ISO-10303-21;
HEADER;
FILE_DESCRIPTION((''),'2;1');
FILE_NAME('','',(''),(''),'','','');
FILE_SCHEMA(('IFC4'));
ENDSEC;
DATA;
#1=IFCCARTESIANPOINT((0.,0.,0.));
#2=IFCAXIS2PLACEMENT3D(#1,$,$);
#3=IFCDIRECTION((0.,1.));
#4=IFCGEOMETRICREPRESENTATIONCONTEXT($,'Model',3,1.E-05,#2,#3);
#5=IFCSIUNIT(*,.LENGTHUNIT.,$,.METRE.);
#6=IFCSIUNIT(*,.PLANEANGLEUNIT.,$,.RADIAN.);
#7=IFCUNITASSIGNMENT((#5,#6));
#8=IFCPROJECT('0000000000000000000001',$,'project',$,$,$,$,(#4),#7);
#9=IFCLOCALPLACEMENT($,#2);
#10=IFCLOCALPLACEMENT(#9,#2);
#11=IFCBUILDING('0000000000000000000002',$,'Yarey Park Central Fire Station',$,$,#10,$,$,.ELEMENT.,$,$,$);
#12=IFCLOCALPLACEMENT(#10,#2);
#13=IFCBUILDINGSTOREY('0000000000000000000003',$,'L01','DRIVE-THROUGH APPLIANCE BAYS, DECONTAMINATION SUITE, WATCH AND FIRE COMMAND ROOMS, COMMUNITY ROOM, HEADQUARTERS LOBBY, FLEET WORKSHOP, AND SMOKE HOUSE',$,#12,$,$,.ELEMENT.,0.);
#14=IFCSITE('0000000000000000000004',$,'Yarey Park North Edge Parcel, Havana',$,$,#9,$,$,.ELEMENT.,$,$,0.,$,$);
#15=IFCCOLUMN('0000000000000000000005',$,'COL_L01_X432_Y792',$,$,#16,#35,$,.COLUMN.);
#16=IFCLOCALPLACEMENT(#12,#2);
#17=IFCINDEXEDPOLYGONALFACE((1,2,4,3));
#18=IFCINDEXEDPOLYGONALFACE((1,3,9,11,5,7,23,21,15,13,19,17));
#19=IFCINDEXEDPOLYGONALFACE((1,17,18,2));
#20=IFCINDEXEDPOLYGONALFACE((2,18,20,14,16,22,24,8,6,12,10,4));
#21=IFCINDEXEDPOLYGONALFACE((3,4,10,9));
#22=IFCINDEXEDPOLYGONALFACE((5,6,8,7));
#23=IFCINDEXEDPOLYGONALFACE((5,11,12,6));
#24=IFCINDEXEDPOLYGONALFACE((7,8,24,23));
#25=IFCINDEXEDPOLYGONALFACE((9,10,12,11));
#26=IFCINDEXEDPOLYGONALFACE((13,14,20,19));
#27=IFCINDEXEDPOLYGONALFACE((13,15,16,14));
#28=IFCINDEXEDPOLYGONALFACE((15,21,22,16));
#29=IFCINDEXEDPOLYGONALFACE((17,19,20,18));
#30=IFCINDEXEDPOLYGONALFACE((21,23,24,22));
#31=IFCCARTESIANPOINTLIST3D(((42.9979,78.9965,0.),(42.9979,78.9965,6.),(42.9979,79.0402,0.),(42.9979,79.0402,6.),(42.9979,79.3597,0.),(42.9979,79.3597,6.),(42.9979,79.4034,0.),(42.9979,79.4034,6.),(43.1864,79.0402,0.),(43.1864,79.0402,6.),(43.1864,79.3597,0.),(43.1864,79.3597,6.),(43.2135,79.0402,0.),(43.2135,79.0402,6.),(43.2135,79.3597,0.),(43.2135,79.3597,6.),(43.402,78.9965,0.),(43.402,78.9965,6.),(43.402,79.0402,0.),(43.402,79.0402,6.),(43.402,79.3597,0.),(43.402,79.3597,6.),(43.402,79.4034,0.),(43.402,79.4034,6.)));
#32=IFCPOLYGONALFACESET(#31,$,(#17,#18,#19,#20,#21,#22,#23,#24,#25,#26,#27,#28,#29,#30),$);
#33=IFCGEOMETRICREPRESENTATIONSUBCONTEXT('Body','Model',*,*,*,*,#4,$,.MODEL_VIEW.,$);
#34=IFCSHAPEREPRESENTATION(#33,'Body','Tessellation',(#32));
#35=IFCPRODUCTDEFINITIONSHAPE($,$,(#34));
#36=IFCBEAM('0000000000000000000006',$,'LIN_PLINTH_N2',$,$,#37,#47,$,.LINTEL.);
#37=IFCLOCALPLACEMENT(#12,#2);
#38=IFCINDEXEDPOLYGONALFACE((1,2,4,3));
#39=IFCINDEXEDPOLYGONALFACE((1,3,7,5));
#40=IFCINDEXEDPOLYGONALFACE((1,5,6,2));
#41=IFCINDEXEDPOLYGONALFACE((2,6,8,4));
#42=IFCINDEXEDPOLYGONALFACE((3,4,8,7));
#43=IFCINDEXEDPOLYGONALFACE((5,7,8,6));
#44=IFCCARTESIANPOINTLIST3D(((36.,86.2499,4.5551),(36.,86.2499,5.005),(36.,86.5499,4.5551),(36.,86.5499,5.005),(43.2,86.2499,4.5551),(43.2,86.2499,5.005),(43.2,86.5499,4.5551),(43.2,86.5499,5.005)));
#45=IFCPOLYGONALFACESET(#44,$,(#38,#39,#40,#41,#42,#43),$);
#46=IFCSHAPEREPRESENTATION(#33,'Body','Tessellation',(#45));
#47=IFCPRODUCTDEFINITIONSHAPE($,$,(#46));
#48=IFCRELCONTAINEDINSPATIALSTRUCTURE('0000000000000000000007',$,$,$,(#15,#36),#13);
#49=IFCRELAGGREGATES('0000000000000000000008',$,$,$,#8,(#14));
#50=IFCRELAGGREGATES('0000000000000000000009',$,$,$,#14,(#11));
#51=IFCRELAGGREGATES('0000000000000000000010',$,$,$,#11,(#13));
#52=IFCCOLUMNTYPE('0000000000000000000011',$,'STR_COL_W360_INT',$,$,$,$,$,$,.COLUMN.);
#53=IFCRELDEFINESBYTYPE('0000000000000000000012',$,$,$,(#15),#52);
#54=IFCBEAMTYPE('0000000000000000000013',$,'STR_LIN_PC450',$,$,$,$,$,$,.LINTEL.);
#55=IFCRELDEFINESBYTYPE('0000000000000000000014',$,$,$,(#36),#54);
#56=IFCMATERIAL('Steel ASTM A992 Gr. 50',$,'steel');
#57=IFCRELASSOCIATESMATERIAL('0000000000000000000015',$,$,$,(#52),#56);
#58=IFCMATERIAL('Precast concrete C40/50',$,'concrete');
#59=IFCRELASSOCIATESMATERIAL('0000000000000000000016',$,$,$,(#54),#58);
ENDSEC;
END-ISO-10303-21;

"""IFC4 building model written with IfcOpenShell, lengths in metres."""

from ifc_helpers import new_model, si_unit, direction, frame, origin, origin_2d, place, context, subcontext, project, spatial, rectangle, i_section, extrude, material, material_profile, profile_set, type_object, element, save


model = new_model("IFC4")

# Units and contexts
model_context = context("Model", 3, precision=1e-05, world=origin(), true_north=direction((0.0, 1.0)))
body_context = subcontext(model_context, "Body", "Model", "MODEL_VIEW")
ifc_project = project(units=[si_unit("LENGTHUNIT", "METRE"), si_unit("PLANEANGLEUNIT", "RADIAN")], contexts=[model_context])

# Site, building, storey
site_placement = place(None, origin())
site = spatial("IfcSite", under=ifc_project, at=site_placement, Name="Yarey Park North Edge Parcel, Havana", CompositionType="ELEMENT", RefElevation=0.0)
building_placement = place(site_placement, origin())
building = spatial("IfcBuilding", under=site, at=building_placement, Name="Yarey Park Central Fire Station", CompositionType="ELEMENT")
storey_placement = place(building_placement, origin())
storey = spatial("IfcBuildingStorey", under=building, at=storey_placement, Name="L01", Description="DRIVE-THROUGH APPLIANCE BAYS, DECONTAMINATION SUITE, WATCH AND FIRE COMMAND ROOMS, COMMUNITY ROOM, HEADQUARTERS LOBBY, FLEET WORKSHOP, AND SMOKE HOUSE", CompositionType="ELEMENT", Elevation=0.0)

# Column
ifc_material_1 = material(Name="Steel ASTM A992 Gr. 50", Category="steel")
ifc_material_profile_1 = material_profile(ifc_material_1, i_section(OverallWidth=0.4041, OverallDepth=0.407, WebThickness=0.0271, FlangeThickness=0.0437, at=origin_2d()), Name="W360x347")
ifc_profile_set_1 = profile_set([ifc_material_profile_1], Name="Steel ASTM A992 Gr. 50")
column_type_1 = type_object("IfcColumnType", Name="STR_COL_W360_INT", PredefinedType="COLUMN", material=ifc_profile_set_1)
for number, where, z_axis, x_axis, name in (
    (1, (43.2, 79.2, 0.0), (0.0, 0.0, 1.0), (1.0, 0.0, 0.0), "COL_L01_X432_Y792"),
):
    element("IfcColumn", number, at=place(storey_placement, frame(where, z_axis=z_axis, x_axis=x_axis)), inside=storey, type_object=column_type_1, Name=name, PredefinedType="COLUMN", context=body_context, shape_type="SweptSolid", body=[
        extrude(i_section(OverallWidth=0.4041, OverallDepth=0.407, WebThickness=0.0271, FlangeThickness=0.0437, at=origin_2d()), origin(), (0.0, 0.0, 1.0), 6.0),
    ])

# Beam
ifc_material_2 = material(Name="Precast concrete C40/50", Category="concrete")
ifc_material_profile_2 = material_profile(ifc_material_2, rectangle(XDim=0.3, YDim=0.45, at=origin_2d()), Name="PC 300x450")
ifc_profile_set_2 = profile_set([ifc_material_profile_2], Name="Precast concrete C40/50")
beam_type = type_object("IfcBeamType", Name="STR_LIN_PC450", PredefinedType="LINTEL", material=ifc_profile_set_2)
beam_placement = place(storey_placement, frame((36.0, 86.3999, 4.78), z_axis=(1.0, 0.0, 0.0), x_axis=(0.0, 1.0, 0.0)))
element("IfcBeam", 2, at=beam_placement, inside=storey, type_object=beam_type, Name="LIN_PLINTH_N2", PredefinedType="LINTEL", context=body_context, shape_type="SweptSolid", body=[
    extrude(rectangle(XDim=0.3, YDim=0.45, at=origin_2d()), origin(), (0.0, 0.0, 1.0), 7.2),
])

save(model, "model.ifc")
